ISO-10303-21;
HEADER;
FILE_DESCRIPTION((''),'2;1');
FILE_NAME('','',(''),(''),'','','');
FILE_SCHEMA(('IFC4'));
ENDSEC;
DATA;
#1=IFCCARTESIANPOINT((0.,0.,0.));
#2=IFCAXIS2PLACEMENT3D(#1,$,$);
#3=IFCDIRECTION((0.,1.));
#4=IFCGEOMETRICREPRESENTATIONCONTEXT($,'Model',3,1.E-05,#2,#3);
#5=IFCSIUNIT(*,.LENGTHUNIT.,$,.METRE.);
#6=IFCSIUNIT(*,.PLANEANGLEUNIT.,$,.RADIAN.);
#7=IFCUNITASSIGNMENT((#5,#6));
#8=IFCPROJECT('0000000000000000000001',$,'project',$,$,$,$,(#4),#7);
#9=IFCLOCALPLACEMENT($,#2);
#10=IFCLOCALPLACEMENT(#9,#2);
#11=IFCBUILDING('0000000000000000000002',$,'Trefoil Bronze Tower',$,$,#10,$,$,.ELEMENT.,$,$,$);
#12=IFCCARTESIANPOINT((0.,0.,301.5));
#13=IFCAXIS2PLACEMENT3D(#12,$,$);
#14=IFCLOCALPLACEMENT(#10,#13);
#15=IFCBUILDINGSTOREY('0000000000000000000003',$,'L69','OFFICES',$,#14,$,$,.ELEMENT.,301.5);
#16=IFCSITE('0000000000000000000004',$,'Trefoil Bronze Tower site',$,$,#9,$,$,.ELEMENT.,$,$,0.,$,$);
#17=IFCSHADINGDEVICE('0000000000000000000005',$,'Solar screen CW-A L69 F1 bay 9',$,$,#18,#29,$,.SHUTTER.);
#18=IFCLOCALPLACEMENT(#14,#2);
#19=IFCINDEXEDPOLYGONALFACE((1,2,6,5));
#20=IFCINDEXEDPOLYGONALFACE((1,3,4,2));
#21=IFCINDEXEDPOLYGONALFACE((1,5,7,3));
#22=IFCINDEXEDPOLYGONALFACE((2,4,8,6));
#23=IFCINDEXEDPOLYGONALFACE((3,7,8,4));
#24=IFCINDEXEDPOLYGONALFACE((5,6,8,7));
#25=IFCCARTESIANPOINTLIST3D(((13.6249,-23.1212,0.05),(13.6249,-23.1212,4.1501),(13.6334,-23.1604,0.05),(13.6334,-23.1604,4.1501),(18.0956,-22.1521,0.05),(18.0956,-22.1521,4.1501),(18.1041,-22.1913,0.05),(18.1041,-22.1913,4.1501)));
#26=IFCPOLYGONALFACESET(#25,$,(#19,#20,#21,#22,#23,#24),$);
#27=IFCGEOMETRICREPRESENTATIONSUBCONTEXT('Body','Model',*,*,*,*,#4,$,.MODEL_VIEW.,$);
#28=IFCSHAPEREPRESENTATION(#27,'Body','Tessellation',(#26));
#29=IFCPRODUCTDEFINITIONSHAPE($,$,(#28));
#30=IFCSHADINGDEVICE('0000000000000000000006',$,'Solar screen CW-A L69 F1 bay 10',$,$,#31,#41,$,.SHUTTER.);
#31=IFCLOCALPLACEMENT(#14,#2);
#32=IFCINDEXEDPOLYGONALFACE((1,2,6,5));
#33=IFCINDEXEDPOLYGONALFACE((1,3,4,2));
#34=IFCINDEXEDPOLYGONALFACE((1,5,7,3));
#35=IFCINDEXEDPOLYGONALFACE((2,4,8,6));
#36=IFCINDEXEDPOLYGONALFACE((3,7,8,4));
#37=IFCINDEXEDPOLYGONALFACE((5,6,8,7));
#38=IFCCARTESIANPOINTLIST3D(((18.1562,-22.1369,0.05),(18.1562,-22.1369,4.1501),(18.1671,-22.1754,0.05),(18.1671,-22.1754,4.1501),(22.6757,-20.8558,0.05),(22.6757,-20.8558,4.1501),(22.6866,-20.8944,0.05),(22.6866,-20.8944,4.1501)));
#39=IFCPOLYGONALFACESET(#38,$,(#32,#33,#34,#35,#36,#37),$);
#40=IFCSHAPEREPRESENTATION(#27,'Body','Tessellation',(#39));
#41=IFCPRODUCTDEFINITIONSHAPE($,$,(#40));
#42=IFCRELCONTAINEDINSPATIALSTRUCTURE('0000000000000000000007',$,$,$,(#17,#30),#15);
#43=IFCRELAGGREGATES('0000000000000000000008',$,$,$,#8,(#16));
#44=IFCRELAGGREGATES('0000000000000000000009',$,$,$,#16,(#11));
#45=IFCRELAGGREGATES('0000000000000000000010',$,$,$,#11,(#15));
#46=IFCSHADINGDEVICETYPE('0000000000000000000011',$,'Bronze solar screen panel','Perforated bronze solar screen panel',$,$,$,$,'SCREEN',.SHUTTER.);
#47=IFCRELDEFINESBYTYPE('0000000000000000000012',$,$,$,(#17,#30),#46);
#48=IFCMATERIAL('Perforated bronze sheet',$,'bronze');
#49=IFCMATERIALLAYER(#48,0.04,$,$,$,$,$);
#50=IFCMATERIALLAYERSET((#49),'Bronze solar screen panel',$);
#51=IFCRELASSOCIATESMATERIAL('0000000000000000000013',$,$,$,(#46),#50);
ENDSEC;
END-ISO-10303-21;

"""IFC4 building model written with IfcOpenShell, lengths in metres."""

from ifc_helpers import new_model, si_unit, direction, frame, origin, origin_2d, place, context, subcontext, project, spatial, rectangle, extrude, material, layer, layer_set, type_object, element, save


model = new_model("IFC4")

# Units and contexts
model_context = context("Model", 3, precision=1e-05, world=origin(), true_north=direction((0.0, 1.0)))
body_context = subcontext(model_context, "Body", "Model", "MODEL_VIEW")
ifc_project = project(units=[si_unit("LENGTHUNIT", "METRE"), si_unit("PLANEANGLEUNIT", "RADIAN")], contexts=[model_context])

# Site, building, storey
site_placement = place(None, origin())
site = spatial("IfcSite", under=ifc_project, at=site_placement, Name="Trefoil Bronze Tower site", CompositionType="ELEMENT", RefElevation=0.0)
building_placement = place(site_placement, origin())
building = spatial("IfcBuilding", under=site, at=building_placement, Name="Trefoil Bronze Tower", CompositionType="ELEMENT")
storey_placement = place(building_placement, frame((0.0, 0.0, 301.5)))
storey = spatial("IfcBuildingStorey", under=building, at=storey_placement, Name="L69", Description="OFFICES", CompositionType="ELEMENT", Elevation=301.5)

# Shading devices
ifc_material_1 = material(Name="Perforated bronze sheet", Category="bronze")
ifc_layer_1 = layer(ifc_material_1, 0.04)
ifc_layer_set_1 = layer_set([ifc_layer_1], Name="Bronze solar screen panel")
shading_device_type = type_object("IfcShadingDeviceType", Name="Bronze solar screen panel", Description="Perforated bronze solar screen panel", ElementType="SCREEN", PredefinedType="SHUTTER", material=ifc_layer_set_1)
shading_device_1_placement = place(storey_placement, frame((15.8645, -22.6562, 0.05), z_axis=(0.0, 0.0, 1.0), x_axis=(0.977303, 0.211846, 0.0)))
element("IfcShadingDevice", 1, at=shading_device_1_placement, inside=storey, type_object=shading_device_type, Name="Solar screen CW-A L69 F1 bay 9", PredefinedType="SHUTTER", context=body_context, shape_type="SweptSolid", body=[
    extrude(rectangle(XDim=4.5745, YDim=0.04, at=origin_2d()), origin(), (0.0, 0.0, 1.0), 4.1001),
])
shading_device_2_placement = place(storey_placement, frame((20.4214, -21.5156, 0.05), z_axis=(0.0, 0.0, 1.0), x_axis=(0.962098, 0.272705, 0.0)))
element("IfcShadingDevice", 2, at=shading_device_2_placement, inside=storey, type_object=shading_device_type, Name="Solar screen CW-A L69 F1 bay 10", PredefinedType="SHUTTER", context=body_context, shape_type="SweptSolid", body=[
    extrude(rectangle(XDim=4.6975, YDim=0.04, at=origin_2d()), origin(), (0.0, 0.0, 1.0), 4.1001),
])

save(model, "model.ifc")
